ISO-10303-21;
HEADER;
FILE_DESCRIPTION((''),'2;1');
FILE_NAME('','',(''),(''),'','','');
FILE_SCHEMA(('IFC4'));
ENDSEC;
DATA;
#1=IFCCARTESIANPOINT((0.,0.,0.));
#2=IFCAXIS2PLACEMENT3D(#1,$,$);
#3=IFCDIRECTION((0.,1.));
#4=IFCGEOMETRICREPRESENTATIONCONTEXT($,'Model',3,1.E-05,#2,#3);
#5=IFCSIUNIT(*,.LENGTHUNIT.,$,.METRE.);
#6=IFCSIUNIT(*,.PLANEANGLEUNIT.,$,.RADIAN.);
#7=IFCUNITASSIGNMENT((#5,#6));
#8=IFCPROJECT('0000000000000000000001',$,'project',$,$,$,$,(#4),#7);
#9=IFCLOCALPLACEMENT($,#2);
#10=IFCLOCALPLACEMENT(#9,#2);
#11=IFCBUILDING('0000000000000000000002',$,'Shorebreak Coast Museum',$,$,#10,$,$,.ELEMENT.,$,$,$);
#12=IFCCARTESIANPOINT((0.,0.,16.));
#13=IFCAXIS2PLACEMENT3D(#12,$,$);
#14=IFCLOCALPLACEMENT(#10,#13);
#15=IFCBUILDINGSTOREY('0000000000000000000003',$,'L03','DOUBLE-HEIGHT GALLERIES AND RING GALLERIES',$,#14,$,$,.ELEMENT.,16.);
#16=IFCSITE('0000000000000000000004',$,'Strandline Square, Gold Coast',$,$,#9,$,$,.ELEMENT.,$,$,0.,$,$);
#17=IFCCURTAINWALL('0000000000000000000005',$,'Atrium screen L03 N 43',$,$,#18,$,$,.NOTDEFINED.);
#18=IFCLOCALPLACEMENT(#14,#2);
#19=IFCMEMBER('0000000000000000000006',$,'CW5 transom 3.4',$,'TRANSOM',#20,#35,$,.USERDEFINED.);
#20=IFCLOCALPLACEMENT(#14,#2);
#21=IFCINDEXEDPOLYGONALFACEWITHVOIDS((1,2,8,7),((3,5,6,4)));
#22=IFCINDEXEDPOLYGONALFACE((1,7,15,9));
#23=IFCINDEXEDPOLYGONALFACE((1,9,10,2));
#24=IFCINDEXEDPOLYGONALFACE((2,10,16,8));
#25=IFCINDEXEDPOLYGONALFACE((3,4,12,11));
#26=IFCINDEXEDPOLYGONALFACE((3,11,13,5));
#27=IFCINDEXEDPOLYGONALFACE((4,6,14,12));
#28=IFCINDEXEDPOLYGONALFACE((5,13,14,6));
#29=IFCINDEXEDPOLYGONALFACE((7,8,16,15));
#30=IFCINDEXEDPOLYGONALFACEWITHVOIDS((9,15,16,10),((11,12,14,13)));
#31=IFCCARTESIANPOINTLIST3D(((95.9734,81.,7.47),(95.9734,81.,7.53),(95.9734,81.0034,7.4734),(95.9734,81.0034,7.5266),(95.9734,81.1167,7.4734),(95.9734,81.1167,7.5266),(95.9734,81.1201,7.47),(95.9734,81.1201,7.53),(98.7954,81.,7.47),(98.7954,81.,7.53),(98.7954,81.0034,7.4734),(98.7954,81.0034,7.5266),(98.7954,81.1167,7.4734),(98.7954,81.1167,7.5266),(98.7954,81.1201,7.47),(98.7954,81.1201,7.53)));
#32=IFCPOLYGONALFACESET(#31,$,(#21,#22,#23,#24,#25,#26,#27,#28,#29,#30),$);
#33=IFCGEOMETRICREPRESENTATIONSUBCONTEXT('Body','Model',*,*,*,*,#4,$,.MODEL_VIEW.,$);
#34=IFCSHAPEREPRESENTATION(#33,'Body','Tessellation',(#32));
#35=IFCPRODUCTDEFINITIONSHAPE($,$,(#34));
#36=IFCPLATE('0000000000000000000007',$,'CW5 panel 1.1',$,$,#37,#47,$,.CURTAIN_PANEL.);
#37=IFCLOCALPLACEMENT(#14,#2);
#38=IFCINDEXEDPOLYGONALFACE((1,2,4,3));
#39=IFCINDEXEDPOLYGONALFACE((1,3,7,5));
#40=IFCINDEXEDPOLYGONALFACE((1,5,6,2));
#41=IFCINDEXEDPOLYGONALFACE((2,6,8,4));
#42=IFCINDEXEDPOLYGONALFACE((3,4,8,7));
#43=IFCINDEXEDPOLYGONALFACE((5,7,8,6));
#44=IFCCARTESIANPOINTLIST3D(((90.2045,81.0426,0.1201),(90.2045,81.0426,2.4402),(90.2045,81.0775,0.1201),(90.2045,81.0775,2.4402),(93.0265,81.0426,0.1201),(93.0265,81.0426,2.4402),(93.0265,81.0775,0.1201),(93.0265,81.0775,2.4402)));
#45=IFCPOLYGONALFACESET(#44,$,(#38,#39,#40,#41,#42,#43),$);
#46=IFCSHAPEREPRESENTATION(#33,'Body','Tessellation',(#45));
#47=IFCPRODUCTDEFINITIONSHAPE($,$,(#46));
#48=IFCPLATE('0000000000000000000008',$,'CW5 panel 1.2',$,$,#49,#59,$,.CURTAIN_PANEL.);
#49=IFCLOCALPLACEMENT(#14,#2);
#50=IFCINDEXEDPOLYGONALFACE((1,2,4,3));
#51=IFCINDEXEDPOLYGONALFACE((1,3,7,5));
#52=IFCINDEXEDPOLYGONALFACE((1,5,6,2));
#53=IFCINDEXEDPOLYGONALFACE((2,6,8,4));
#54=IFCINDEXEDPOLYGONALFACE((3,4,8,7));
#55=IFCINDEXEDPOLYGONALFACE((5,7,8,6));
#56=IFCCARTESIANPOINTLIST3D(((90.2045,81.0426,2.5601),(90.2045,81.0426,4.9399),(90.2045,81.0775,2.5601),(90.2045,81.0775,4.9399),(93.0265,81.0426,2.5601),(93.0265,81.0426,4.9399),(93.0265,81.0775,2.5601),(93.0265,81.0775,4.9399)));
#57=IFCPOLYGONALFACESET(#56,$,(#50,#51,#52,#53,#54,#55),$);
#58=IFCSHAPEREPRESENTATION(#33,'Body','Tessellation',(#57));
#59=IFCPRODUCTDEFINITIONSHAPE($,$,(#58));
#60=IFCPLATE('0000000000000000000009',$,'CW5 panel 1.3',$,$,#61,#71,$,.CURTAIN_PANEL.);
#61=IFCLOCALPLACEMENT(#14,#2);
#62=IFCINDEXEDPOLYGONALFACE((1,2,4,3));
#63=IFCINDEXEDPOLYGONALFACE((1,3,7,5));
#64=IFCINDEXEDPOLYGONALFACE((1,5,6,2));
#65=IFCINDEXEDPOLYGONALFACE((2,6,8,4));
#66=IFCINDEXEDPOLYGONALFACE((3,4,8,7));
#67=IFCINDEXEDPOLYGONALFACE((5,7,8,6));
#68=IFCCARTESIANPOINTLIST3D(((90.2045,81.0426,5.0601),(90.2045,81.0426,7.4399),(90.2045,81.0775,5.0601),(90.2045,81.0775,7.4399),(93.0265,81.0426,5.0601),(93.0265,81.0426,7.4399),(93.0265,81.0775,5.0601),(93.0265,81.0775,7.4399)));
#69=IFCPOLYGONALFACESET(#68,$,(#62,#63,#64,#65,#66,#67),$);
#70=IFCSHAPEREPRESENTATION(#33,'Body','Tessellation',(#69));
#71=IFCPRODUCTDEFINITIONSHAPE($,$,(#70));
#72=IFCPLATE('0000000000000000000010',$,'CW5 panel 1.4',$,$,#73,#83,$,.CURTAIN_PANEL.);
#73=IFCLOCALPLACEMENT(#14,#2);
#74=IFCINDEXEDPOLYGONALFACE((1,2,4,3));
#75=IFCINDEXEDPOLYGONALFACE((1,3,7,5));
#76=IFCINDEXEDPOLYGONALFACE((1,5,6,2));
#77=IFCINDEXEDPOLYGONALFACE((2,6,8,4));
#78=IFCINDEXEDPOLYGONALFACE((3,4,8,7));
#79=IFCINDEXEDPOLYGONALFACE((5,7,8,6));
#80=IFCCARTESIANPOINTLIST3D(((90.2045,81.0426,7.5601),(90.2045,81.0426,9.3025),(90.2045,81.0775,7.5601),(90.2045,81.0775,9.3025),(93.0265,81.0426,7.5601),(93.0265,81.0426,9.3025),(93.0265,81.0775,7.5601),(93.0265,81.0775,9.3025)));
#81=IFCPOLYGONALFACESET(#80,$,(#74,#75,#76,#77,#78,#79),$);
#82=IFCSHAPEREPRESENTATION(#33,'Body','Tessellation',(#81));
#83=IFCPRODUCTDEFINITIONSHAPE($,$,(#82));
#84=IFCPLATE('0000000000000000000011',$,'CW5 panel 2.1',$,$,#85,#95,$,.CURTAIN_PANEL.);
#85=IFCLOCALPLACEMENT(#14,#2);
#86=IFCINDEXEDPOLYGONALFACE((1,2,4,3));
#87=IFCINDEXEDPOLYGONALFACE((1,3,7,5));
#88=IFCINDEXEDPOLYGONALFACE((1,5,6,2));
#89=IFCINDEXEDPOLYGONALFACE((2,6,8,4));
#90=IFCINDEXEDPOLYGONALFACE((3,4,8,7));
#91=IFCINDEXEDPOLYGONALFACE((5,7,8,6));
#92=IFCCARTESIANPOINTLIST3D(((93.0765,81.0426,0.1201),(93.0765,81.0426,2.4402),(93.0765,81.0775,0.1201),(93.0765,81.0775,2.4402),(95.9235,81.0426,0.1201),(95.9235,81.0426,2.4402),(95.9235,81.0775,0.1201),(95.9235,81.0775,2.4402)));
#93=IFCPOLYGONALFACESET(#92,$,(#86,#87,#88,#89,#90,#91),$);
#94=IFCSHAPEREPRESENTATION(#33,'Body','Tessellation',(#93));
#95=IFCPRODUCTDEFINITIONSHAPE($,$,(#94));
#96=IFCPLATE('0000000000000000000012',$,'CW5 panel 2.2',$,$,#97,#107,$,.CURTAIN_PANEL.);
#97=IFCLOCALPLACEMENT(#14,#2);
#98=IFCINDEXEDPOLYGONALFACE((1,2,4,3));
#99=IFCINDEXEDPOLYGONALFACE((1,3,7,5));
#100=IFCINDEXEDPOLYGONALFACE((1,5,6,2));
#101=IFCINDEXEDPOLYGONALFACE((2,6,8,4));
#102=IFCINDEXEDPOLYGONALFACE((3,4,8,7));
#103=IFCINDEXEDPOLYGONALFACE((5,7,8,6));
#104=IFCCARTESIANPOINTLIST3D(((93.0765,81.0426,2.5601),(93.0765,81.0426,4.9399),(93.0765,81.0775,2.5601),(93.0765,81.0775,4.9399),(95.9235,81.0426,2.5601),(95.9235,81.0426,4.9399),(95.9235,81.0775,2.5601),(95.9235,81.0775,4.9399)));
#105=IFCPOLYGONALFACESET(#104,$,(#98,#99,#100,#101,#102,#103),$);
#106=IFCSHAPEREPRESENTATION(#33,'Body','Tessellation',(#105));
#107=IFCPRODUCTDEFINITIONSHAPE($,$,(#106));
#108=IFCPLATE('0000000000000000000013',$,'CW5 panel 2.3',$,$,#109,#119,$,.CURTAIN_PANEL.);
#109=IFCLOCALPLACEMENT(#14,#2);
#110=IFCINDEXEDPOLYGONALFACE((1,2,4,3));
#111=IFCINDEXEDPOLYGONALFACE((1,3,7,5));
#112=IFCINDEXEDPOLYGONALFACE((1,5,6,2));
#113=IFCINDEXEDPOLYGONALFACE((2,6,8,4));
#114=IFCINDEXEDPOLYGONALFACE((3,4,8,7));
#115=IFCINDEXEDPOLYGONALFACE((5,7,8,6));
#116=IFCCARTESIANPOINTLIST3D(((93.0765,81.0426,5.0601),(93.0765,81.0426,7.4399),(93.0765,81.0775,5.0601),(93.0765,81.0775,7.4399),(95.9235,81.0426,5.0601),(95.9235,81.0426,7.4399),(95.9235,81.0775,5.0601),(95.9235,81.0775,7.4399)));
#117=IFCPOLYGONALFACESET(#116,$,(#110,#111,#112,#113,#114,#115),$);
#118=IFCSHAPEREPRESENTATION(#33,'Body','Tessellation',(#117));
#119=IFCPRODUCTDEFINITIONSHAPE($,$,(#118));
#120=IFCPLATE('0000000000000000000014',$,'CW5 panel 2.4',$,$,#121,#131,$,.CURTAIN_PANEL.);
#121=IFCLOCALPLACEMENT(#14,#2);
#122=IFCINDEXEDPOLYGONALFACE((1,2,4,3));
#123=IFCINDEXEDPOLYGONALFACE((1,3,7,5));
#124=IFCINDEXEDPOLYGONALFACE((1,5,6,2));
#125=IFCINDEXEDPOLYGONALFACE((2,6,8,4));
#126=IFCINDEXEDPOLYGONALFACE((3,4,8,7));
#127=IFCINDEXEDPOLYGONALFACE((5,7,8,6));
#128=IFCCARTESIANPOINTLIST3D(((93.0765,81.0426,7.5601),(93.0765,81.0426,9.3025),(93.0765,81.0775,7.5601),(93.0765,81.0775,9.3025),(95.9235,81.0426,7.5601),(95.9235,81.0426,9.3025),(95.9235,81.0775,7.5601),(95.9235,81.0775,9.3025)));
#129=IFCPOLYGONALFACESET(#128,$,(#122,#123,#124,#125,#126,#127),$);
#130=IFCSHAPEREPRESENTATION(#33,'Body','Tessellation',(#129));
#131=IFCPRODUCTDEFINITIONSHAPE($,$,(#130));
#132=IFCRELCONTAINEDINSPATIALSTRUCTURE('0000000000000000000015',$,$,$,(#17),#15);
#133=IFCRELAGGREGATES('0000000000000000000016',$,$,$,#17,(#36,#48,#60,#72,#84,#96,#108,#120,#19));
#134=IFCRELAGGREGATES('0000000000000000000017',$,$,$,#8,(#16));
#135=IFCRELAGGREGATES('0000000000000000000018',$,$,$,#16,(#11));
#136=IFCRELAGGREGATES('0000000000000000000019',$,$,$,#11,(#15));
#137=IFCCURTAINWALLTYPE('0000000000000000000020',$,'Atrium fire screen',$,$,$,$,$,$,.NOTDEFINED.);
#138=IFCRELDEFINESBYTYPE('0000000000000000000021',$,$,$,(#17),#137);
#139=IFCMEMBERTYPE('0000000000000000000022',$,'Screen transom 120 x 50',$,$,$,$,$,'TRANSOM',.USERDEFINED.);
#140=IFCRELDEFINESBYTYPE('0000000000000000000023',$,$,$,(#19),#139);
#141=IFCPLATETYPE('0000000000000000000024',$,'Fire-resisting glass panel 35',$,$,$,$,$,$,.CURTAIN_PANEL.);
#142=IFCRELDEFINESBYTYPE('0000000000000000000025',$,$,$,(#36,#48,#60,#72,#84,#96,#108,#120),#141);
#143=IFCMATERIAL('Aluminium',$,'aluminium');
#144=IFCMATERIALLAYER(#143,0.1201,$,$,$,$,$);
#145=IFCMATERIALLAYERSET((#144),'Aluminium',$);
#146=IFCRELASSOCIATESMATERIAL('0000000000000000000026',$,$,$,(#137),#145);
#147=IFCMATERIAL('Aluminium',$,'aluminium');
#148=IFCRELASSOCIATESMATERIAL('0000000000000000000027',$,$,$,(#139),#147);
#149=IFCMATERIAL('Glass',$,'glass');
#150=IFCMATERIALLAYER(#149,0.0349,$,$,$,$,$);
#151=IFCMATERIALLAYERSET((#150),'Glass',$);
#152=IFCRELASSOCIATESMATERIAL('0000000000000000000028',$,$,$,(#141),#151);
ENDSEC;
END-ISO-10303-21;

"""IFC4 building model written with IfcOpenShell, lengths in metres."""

from ifc_helpers import new_model, si_unit, direction, frame, origin, origin_2d, place, context, subcontext, project, spatial, rectangle, hollow_rectangle, extrude, material, layer, layer_set, material_profile, profile_set, type_object, element, aggregate, save


model = new_model("IFC4")

# Units and contexts
model_context = context("Model", 3, precision=1e-05, world=origin(), true_north=direction((0.0, 1.0)))
body_context = subcontext(model_context, "Body", "Model", "MODEL_VIEW")
ifc_project = project(units=[si_unit("LENGTHUNIT", "METRE"), si_unit("PLANEANGLEUNIT", "RADIAN")], contexts=[model_context])

# Site, building, storey
site_placement = place(None, origin())
site = spatial("IfcSite", under=ifc_project, at=site_placement, Name="Strandline Square, Gold Coast", CompositionType="ELEMENT", RefElevation=0.0)
building_placement = place(site_placement, origin())
building = spatial("IfcBuilding", under=site, at=building_placement, Name="Shorebreak Coast Museum", CompositionType="ELEMENT")
storey_placement = place(building_placement, frame((0.0, 0.0, 16.0)))
storey = spatial("IfcBuildingStorey", under=building, at=storey_placement, Name="L03", Description="DOUBLE-HEIGHT GALLERIES AND RING GALLERIES", CompositionType="ELEMENT", Elevation=16.0)

# Curtain wall, member, plates
ifc_material_1 = material(Name="Aluminium", Category="aluminium")
ifc_layer_1 = layer(ifc_material_1, 0.1201)
ifc_layer_set_1 = layer_set([ifc_layer_1], Name="Aluminium")
curtain_wall_type = type_object("IfcCurtainWallType", Name="Atrium fire screen", PredefinedType="NOTDEFINED", material=ifc_layer_set_1)
curtain_wall_placement = place(storey_placement, origin())
curtain_wall = element("IfcCurtainWall", 1, at=curtain_wall_placement, inside=storey, type_object=curtain_wall_type, Name="Atrium screen L03 N 43", PredefinedType="NOTDEFINED")
ifc_material_2 = material(Name="Aluminium", Category="aluminium")
ifc_material_profile_1 = material_profile(ifc_material_2, hollow_rectangle(XDim=0.1201, YDim=0.0601, WallThickness=0.0034, at=origin_2d()), Name="AL 60x120 RHS")
ifc_profile_set_1 = profile_set([ifc_material_profile_1], Name="Aluminium")
member_type_1 = type_object("IfcMemberType", Name="Screen transom 120 x 50", ElementType="TRANSOM", PredefinedType="USERDEFINED", material=ifc_profile_set_1)
member_1_placement = place(storey_placement, frame((95.9734, 81.0601, 7.5), z_axis=(1.0, 0.0, 0.0), x_axis=(0.0, 1.0, 0.0)))
member_1 = element("IfcMember", 2, at=member_1_placement, type_object=member_type_1, Name="CW5 transom 3.4", ObjectType="TRANSOM", PredefinedType="USERDEFINED", context=body_context, shape_type="SweptSolid", body=[
    extrude(hollow_rectangle(XDim=0.1201, YDim=0.0601, WallThickness=0.0034, at=origin_2d()), origin(), (0.0, 0.0, 1.0), 2.822),
])
ifc_material_3 = material(Name="Glass", Category="glass")
ifc_layer_2 = layer(ifc_material_3, 0.0349)
ifc_layer_set_2 = layer_set([ifc_layer_2], Name="Glass")
plate_type = type_object("IfcPlateType", Name="Fire-resisting glass panel 35", PredefinedType="CURTAIN_PANEL", material=ifc_layer_set_2)
plate_1_placement = place(storey_placement, frame((91.6155, 81.0601, 0.1201), z_axis=(0.0, 0.0, 1.0), x_axis=(1.0, 0.0, 0.0)))
plate_1 = element("IfcPlate", 3, at=plate_1_placement, type_object=plate_type, Name="CW5 panel 1.1", PredefinedType="CURTAIN_PANEL", context=body_context, shape_type="SweptSolid", body=[
    extrude(rectangle(XDim=2.822, YDim=0.0349, at=origin_2d()), origin(), (0.0, 0.0, 1.0), 2.3201),
])
plate_2_placement = place(storey_placement, frame((91.6155, 81.0601, 2.5601), z_axis=(0.0, 0.0, 1.0), x_axis=(1.0, 0.0, 0.0)))
plate_2 = element("IfcPlate", 4, at=plate_2_placement, type_object=plate_type, Name="CW5 panel 1.2", PredefinedType="CURTAIN_PANEL", context=body_context, shape_type="SweptSolid", body=[
    extrude(rectangle(XDim=2.822, YDim=0.0349, at=origin_2d()), origin(), (0.0, 0.0, 1.0), 2.3799),
])
plate_3_placement = place(storey_placement, frame((91.6155, 81.0601, 5.0601), z_axis=(0.0, 0.0, 1.0), x_axis=(1.0, 0.0, 0.0)))
plate_3 = element("IfcPlate", 5, at=plate_3_placement, type_object=plate_type, Name="CW5 panel 1.3", PredefinedType="CURTAIN_PANEL", context=body_context, shape_type="SweptSolid", body=[
    extrude(rectangle(XDim=2.822, YDim=0.0349, at=origin_2d()), origin(), (0.0, 0.0, 1.0), 2.3799),
])
plate_4_placement = place(storey_placement, frame((91.6155, 81.0601, 7.5601), z_axis=(0.0, 0.0, 1.0), x_axis=(1.0, 0.0, 0.0)))
plate_4 = element("IfcPlate", 6, at=plate_4_placement, type_object=plate_type, Name="CW5 panel 1.4", PredefinedType="CURTAIN_PANEL", context=body_context, shape_type="SweptSolid", body=[
    extrude(rectangle(XDim=2.822, YDim=0.0349, at=origin_2d()), origin(), (0.0, 0.0, 1.0), 1.7424),
])
plate_5_placement = place(storey_placement, frame((94.5, 81.0601, 0.1201), z_axis=(0.0, 0.0, 1.0), x_axis=(1.0, 0.0, 0.0)))
plate_5 = element("IfcPlate", 7, at=plate_5_placement, type_object=plate_type, Name="CW5 panel 2.1", PredefinedType="CURTAIN_PANEL", context=body_context, shape_type="SweptSolid", body=[
    extrude(rectangle(XDim=2.8469, YDim=0.0349, at=origin_2d()), origin(), (0.0, 0.0, 1.0), 2.3201),
])
plate_6_placement = place(storey_placement, frame((94.5, 81.0601, 2.5601), z_axis=(0.0, 0.0, 1.0), x_axis=(1.0, 0.0, 0.0)))
plate_6 = element("IfcPlate", 8, at=plate_6_placement, type_object=plate_type, Name="CW5 panel 2.2", PredefinedType="CURTAIN_PANEL", context=body_context, shape_type="SweptSolid", body=[
    extrude(rectangle(XDim=2.8469, YDim=0.0349, at=origin_2d()), origin(), (0.0, 0.0, 1.0), 2.3799),
])
plate_7_placement = place(storey_placement, frame((94.5, 81.0601, 5.0601), z_axis=(0.0, 0.0, 1.0), x_axis=(1.0, 0.0, 0.0)))
plate_7 = element("IfcPlate", 9, at=plate_7_placement, type_object=plate_type, Name="CW5 panel 2.3", PredefinedType="CURTAIN_PANEL", context=body_context, shape_type="SweptSolid", body=[
    extrude(rectangle(XDim=2.8469, YDim=0.0349, at=origin_2d()), origin(), (0.0, 0.0, 1.0), 2.3799),
])
plate_8_placement = place(storey_placement, frame((94.5, 81.0601, 7.5601), z_axis=(0.0, 0.0, 1.0), x_axis=(1.0, 0.0, 0.0)))
plate_8 = element("IfcPlate", 10, at=plate_8_placement, type_object=plate_type, Name="CW5 panel 2.4", PredefinedType="CURTAIN_PANEL", context=body_context, shape_type="SweptSolid", body=[
    extrude(rectangle(XDim=2.8469, YDim=0.0349, at=origin_2d()), origin(), (0.0, 0.0, 1.0), 1.7424),
])
aggregate(curtain_wall, [plate_1, plate_2, plate_3, plate_4, plate_5, plate_6, plate_7, plate_8, member_1])

save(model, "model.ifc")
